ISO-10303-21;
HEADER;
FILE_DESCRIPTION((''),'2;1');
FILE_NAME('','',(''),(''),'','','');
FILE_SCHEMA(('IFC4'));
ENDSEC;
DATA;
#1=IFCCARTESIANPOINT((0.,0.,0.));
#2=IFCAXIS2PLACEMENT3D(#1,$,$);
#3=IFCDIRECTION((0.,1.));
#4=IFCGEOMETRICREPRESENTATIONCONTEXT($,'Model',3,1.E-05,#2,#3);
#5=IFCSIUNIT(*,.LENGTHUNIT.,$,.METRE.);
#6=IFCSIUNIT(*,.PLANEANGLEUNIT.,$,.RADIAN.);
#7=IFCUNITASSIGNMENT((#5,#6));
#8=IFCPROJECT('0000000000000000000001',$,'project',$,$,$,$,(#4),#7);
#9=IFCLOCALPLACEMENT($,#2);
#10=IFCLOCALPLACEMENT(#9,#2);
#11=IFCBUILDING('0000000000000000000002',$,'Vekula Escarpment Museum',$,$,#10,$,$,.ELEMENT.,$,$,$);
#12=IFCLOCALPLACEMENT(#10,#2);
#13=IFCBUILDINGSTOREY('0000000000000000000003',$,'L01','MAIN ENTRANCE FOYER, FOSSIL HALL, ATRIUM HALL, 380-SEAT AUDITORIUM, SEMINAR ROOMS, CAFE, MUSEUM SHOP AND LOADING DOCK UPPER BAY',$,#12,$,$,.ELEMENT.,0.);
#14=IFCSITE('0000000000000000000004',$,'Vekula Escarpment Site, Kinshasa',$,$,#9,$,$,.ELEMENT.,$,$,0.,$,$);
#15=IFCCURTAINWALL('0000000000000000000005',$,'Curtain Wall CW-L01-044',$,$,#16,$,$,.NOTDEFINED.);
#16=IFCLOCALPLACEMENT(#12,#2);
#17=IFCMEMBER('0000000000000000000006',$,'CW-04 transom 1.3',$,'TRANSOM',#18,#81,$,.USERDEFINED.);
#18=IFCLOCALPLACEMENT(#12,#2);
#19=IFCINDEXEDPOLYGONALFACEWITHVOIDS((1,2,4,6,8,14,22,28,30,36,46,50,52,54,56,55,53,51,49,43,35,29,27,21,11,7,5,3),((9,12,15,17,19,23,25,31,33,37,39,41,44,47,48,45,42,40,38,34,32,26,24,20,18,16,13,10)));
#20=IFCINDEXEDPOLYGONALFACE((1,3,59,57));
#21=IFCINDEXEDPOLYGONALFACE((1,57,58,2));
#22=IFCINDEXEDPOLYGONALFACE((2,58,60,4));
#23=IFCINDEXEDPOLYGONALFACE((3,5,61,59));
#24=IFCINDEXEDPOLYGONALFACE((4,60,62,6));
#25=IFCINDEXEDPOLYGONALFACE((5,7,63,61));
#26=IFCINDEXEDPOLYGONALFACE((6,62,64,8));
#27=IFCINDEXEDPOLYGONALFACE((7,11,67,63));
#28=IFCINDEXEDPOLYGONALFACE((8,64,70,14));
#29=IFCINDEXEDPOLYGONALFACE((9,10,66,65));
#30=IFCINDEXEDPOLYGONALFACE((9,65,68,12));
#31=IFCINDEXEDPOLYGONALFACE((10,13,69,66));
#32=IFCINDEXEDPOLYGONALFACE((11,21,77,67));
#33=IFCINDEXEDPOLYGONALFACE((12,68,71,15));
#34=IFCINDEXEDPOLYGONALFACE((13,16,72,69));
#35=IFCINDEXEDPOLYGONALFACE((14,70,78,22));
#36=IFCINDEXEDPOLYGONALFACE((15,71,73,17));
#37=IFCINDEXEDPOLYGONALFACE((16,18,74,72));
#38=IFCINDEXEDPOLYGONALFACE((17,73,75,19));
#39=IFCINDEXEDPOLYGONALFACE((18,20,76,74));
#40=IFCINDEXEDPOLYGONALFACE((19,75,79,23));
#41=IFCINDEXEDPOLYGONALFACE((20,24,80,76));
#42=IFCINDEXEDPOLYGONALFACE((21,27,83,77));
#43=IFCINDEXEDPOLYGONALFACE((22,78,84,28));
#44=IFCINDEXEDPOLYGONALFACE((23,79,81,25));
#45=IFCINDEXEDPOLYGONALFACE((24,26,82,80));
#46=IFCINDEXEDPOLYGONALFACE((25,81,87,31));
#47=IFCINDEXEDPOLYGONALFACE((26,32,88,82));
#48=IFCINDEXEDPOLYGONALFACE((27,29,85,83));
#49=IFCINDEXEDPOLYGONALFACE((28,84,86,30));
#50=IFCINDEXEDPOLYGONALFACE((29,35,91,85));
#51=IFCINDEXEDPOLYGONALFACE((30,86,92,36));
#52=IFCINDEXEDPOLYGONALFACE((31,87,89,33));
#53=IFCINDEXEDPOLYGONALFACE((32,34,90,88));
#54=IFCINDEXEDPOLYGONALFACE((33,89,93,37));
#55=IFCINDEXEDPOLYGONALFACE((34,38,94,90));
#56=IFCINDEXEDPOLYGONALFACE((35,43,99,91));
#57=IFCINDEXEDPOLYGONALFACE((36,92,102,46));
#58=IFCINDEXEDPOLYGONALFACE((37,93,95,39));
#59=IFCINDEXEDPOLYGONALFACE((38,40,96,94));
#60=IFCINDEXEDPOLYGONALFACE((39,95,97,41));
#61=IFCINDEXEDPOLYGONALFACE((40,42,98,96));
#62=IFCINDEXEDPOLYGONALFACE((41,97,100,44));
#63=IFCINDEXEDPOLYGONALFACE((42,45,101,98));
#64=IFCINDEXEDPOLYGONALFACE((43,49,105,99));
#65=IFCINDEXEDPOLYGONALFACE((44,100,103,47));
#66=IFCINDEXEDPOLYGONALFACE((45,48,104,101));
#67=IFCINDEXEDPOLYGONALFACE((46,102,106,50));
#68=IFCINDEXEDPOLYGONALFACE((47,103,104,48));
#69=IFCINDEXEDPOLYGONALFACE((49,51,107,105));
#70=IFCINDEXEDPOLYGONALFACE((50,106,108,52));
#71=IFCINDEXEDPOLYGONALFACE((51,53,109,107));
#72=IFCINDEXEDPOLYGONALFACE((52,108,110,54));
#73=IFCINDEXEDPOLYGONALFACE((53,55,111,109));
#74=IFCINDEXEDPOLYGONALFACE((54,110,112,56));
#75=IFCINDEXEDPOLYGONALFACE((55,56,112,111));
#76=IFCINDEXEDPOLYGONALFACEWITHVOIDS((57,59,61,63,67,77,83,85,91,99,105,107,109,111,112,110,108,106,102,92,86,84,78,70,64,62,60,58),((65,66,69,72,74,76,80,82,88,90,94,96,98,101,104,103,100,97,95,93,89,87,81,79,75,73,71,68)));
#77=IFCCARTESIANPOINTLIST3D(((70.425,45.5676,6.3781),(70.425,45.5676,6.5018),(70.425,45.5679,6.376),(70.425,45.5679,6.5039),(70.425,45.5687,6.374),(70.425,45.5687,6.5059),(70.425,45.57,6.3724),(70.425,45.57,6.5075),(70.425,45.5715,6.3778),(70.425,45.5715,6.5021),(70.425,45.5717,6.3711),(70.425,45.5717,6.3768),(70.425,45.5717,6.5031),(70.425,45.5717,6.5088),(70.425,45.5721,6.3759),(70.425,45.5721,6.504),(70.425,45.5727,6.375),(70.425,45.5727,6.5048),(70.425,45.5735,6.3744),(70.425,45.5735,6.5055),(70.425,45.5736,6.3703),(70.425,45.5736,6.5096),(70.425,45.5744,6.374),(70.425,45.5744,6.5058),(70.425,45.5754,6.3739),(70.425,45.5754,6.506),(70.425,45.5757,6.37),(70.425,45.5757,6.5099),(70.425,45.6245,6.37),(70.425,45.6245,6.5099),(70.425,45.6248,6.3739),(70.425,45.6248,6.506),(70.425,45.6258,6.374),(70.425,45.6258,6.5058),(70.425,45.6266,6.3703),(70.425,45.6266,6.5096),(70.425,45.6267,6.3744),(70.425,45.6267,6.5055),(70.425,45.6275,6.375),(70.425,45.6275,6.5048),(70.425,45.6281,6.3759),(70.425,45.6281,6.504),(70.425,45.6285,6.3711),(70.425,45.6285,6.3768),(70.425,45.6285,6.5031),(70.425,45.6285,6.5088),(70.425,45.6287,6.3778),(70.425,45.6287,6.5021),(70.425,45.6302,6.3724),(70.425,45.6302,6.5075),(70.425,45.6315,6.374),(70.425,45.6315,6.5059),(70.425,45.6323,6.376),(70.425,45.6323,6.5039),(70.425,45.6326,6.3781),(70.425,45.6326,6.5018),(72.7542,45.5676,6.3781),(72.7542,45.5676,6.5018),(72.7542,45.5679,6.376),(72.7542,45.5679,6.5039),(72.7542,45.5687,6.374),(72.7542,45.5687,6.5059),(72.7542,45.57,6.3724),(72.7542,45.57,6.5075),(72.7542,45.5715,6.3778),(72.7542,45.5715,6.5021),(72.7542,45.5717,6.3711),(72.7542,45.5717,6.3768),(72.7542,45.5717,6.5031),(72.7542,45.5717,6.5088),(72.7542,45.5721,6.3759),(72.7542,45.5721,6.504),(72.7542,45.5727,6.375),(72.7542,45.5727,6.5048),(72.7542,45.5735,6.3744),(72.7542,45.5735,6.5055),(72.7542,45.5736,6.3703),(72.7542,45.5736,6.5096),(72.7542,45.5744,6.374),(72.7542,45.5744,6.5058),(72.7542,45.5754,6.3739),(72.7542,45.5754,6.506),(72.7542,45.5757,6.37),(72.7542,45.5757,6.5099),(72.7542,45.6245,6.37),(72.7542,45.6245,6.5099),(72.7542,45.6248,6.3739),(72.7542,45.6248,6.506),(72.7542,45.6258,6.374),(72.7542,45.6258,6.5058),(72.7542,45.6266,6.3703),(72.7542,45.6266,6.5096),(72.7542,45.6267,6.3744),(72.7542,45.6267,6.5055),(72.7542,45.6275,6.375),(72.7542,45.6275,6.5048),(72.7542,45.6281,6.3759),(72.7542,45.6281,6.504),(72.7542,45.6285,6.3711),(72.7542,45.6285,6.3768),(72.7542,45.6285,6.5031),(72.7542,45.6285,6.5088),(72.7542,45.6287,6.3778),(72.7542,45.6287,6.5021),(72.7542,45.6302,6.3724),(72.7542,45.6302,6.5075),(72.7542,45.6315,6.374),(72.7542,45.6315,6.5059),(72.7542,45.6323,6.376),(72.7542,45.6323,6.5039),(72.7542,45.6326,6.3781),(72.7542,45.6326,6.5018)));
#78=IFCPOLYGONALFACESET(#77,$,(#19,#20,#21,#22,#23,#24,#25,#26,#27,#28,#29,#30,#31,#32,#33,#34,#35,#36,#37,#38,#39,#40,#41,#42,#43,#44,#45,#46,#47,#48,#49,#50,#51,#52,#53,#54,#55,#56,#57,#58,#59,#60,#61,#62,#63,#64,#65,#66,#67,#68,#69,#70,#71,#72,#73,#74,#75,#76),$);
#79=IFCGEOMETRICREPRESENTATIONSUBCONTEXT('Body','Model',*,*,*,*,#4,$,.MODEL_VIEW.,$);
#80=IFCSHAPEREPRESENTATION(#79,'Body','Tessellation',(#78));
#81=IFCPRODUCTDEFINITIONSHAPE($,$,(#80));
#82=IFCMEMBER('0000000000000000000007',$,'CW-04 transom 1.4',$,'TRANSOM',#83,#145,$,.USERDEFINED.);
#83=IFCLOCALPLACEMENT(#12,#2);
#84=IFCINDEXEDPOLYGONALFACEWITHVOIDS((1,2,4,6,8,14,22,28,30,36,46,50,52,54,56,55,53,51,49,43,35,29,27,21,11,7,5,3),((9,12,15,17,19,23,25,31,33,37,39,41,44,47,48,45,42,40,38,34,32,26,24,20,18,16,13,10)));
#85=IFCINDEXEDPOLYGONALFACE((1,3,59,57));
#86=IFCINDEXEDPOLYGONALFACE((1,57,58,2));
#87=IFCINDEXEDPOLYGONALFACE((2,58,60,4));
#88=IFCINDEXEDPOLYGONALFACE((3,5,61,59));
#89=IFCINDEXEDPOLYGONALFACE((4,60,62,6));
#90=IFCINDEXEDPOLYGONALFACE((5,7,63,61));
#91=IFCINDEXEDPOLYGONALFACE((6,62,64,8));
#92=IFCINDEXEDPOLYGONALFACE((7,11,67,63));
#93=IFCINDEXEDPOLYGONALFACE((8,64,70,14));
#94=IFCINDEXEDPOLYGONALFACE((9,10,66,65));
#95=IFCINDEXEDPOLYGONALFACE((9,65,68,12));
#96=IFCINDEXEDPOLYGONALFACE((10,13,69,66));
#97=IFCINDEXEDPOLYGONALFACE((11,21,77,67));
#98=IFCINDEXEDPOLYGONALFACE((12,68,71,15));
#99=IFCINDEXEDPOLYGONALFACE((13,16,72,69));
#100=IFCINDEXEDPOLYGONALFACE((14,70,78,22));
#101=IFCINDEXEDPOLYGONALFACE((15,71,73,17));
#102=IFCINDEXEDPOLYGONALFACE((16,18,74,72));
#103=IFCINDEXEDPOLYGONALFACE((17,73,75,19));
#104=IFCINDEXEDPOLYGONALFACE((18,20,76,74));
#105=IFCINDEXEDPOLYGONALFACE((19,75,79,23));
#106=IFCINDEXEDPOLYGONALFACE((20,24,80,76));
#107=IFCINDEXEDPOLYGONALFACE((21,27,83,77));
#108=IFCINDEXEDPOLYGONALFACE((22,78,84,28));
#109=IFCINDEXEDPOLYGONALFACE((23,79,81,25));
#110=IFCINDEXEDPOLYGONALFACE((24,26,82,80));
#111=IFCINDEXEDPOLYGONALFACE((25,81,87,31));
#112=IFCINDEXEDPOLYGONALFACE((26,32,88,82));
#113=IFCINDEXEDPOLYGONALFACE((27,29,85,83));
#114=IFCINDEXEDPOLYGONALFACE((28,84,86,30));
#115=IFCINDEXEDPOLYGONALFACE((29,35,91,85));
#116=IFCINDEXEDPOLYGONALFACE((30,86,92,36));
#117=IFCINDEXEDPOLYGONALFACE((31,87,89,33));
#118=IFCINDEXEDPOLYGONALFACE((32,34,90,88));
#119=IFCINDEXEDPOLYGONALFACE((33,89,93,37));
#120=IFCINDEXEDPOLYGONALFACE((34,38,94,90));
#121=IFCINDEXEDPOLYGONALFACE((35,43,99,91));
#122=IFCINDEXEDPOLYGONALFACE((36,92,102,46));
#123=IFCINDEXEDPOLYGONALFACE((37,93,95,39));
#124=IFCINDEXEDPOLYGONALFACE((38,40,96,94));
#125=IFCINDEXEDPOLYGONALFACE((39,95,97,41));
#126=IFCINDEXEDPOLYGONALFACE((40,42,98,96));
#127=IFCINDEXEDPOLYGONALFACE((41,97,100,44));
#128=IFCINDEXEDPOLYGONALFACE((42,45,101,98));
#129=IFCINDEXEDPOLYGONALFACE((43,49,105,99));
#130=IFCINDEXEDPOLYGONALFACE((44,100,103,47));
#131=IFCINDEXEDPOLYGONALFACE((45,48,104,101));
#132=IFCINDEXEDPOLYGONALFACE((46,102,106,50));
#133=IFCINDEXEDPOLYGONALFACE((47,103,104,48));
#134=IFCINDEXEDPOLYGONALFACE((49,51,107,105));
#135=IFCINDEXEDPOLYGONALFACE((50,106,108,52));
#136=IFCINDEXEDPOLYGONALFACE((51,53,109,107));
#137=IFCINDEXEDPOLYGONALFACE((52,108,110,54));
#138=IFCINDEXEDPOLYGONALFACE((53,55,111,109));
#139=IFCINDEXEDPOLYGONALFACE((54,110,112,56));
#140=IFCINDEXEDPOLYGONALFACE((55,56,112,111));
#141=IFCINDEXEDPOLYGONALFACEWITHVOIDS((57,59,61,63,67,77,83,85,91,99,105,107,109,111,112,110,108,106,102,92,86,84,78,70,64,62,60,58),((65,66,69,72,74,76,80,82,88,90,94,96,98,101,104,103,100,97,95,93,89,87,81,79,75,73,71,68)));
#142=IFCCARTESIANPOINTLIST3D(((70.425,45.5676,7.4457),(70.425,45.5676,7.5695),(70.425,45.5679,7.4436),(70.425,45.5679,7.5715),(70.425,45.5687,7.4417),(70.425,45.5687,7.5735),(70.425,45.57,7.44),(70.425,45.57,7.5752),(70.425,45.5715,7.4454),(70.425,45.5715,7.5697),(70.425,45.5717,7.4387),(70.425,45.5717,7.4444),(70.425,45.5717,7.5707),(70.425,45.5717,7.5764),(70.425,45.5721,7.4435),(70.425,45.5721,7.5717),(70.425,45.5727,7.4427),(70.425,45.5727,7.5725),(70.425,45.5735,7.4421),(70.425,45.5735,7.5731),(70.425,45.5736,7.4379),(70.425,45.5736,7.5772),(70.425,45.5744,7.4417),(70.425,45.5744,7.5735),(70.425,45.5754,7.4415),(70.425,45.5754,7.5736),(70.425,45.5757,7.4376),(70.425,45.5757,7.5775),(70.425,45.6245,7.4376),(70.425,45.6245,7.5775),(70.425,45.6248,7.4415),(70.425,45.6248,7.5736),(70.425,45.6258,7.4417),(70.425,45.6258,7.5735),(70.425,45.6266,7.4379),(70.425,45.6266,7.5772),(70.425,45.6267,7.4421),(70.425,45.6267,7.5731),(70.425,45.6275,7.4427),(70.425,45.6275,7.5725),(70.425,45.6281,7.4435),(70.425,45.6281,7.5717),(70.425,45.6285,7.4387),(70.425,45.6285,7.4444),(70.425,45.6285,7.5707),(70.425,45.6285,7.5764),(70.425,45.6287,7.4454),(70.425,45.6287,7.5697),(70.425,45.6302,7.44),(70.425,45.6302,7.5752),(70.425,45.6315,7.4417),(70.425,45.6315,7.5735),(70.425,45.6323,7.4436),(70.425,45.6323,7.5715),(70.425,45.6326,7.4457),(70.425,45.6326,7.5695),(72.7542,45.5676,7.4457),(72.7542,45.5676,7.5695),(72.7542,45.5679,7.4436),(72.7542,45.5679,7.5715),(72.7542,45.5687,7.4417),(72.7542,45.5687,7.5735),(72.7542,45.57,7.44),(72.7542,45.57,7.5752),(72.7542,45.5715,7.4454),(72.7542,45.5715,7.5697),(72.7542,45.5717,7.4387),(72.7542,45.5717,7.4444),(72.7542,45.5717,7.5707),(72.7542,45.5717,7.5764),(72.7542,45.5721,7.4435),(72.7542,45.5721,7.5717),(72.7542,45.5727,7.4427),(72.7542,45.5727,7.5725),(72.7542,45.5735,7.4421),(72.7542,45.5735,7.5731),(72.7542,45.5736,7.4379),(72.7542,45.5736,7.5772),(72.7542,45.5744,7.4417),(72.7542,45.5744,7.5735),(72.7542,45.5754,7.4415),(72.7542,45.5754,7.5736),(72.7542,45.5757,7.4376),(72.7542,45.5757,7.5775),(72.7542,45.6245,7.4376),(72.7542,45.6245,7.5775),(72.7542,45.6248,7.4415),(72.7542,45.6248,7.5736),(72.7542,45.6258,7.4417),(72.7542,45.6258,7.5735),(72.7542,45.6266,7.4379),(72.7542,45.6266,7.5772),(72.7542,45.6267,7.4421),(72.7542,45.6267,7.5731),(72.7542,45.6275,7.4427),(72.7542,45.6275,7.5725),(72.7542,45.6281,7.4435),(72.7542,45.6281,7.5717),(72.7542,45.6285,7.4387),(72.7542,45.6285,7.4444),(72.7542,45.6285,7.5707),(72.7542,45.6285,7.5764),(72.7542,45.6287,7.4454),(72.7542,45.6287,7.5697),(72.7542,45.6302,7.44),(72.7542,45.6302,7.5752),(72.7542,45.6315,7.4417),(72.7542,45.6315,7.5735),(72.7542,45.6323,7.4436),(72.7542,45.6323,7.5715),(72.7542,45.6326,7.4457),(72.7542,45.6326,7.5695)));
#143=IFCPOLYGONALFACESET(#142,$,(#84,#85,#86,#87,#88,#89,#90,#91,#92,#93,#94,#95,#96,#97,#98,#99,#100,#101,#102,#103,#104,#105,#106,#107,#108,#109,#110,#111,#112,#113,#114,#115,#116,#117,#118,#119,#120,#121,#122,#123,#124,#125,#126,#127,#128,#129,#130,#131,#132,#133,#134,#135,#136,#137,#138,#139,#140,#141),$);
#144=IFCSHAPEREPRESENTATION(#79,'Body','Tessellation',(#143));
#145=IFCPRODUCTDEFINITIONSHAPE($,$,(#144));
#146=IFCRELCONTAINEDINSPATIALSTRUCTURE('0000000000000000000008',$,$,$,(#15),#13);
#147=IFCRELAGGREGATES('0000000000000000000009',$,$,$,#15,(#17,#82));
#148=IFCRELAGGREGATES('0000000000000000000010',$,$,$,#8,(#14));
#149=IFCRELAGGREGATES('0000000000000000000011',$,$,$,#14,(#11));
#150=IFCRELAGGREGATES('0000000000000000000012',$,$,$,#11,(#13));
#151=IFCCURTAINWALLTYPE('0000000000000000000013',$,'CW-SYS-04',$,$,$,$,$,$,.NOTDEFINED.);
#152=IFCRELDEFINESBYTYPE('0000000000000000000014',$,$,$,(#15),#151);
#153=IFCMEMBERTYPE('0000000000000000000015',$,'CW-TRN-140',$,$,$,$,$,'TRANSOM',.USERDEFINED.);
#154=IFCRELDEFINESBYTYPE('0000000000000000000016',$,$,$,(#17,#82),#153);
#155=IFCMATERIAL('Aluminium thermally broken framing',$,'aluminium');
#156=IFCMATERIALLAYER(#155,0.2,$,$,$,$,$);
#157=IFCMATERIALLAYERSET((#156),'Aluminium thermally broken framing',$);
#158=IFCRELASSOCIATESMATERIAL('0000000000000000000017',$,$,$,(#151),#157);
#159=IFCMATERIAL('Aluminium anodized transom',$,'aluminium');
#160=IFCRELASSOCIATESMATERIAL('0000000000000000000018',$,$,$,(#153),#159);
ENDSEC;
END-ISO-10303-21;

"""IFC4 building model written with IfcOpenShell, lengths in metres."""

from ifc_helpers import new_model, si_unit, direction, frame, origin, origin_2d, place, context, subcontext, project, spatial, hollow_rectangle, extrude, material, layer, layer_set, material_profile, profile_set, type_object, element, aggregate, save


model = new_model("IFC4")

# Units and contexts
model_context = context("Model", 3, precision=1e-05, world=origin(), true_north=direction((0.0, 1.0)))
body_context = subcontext(model_context, "Body", "Model", "MODEL_VIEW")
ifc_project = project(units=[si_unit("LENGTHUNIT", "METRE"), si_unit("PLANEANGLEUNIT", "RADIAN")], contexts=[model_context])

# Site, building, storey
site_placement = place(None, origin())
site = spatial("IfcSite", under=ifc_project, at=site_placement, Name="Vekula Escarpment Site, Kinshasa", CompositionType="ELEMENT", RefElevation=0.0)
building_placement = place(site_placement, origin())
building = spatial("IfcBuilding", under=site, at=building_placement, Name="Vekula Escarpment Museum", CompositionType="ELEMENT")
storey_placement = place(building_placement, origin())
storey = spatial("IfcBuildingStorey", under=building, at=storey_placement, Name="L01", Description="MAIN ENTRANCE FOYER, FOSSIL HALL, ATRIUM HALL, 380-SEAT AUDITORIUM, SEMINAR ROOMS, CAFE, MUSEUM SHOP AND LOADING DOCK UPPER BAY", CompositionType="ELEMENT", Elevation=0.0)

# Curtain wall, members
ifc_material_1 = material(Name="Aluminium thermally broken framing", Category="aluminium")
ifc_layer_1 = layer(ifc_material_1, 0.2)
ifc_layer_set_1 = layer_set([ifc_layer_1], Name="Aluminium thermally broken framing")
curtain_wall_type = type_object("IfcCurtainWallType", Name="CW-SYS-04", PredefinedType="NOTDEFINED", material=ifc_layer_set_1)
curtain_wall_placement = place(storey_placement, origin())
curtain_wall = element("IfcCurtainWall", 1, at=curtain_wall_placement, inside=storey, type_object=curtain_wall_type, Name="Curtain Wall CW-L01-044", PredefinedType="NOTDEFINED")
ifc_material_2 = material(Name="Aluminium anodized transom", Category="aluminium")
ifc_material_profile_1 = material_profile(ifc_material_2, hollow_rectangle(XDim=0.0649, YDim=0.1399, WallThickness=0.0039, InnerFilletRadius=0.0039, OuterFilletRadius=0.0081, at=origin_2d()), Name="ALU 140x65x4")
ifc_profile_set_1 = profile_set([ifc_material_profile_1], Name="Aluminium anodized transom")
member_type_1 = type_object("IfcMemberType", Name="CW-TRN-140", ElementType="TRANSOM", PredefinedType="USERDEFINED", material=ifc_profile_set_1)
member_1_placement = place(storey_placement, frame((70.425, 45.6001, 6.4399), z_axis=(1.0, 0.0, 0.0), x_axis=(0.0, 1.0, 0.0)))
member_1 = element("IfcMember", 2, at=member_1_placement, type_object=member_type_1, Name="CW-04 transom 1.3", ObjectType="TRANSOM", PredefinedType="USERDEFINED", context=body_context, shape_type="SweptSolid", body=[
    extrude(hollow_rectangle(XDim=0.0649, YDim=0.1399, WallThickness=0.0039, InnerFilletRadius=0.0039, OuterFilletRadius=0.0081, at=origin_2d()), origin(), (0.0, 0.0, 1.0), 2.3291),
])
member_2_placement = place(storey_placement, frame((70.425, 45.6001, 7.5076), z_axis=(1.0, 0.0, 0.0), x_axis=(0.0, 1.0, 0.0)))
member_2 = element("IfcMember", 3, at=member_2_placement, type_object=member_type_1, Name="CW-04 transom 1.4", ObjectType="TRANSOM", PredefinedType="USERDEFINED", context=body_context, shape_type="SweptSolid", body=[
    extrude(hollow_rectangle(XDim=0.0649, YDim=0.1399, WallThickness=0.0039, InnerFilletRadius=0.0039, OuterFilletRadius=0.0081, at=origin_2d()), origin(), (0.0, 0.0, 1.0), 2.3291),
])

aggregate(curtain_wall, [member_1, member_2])

save(model, "model.ifc")
